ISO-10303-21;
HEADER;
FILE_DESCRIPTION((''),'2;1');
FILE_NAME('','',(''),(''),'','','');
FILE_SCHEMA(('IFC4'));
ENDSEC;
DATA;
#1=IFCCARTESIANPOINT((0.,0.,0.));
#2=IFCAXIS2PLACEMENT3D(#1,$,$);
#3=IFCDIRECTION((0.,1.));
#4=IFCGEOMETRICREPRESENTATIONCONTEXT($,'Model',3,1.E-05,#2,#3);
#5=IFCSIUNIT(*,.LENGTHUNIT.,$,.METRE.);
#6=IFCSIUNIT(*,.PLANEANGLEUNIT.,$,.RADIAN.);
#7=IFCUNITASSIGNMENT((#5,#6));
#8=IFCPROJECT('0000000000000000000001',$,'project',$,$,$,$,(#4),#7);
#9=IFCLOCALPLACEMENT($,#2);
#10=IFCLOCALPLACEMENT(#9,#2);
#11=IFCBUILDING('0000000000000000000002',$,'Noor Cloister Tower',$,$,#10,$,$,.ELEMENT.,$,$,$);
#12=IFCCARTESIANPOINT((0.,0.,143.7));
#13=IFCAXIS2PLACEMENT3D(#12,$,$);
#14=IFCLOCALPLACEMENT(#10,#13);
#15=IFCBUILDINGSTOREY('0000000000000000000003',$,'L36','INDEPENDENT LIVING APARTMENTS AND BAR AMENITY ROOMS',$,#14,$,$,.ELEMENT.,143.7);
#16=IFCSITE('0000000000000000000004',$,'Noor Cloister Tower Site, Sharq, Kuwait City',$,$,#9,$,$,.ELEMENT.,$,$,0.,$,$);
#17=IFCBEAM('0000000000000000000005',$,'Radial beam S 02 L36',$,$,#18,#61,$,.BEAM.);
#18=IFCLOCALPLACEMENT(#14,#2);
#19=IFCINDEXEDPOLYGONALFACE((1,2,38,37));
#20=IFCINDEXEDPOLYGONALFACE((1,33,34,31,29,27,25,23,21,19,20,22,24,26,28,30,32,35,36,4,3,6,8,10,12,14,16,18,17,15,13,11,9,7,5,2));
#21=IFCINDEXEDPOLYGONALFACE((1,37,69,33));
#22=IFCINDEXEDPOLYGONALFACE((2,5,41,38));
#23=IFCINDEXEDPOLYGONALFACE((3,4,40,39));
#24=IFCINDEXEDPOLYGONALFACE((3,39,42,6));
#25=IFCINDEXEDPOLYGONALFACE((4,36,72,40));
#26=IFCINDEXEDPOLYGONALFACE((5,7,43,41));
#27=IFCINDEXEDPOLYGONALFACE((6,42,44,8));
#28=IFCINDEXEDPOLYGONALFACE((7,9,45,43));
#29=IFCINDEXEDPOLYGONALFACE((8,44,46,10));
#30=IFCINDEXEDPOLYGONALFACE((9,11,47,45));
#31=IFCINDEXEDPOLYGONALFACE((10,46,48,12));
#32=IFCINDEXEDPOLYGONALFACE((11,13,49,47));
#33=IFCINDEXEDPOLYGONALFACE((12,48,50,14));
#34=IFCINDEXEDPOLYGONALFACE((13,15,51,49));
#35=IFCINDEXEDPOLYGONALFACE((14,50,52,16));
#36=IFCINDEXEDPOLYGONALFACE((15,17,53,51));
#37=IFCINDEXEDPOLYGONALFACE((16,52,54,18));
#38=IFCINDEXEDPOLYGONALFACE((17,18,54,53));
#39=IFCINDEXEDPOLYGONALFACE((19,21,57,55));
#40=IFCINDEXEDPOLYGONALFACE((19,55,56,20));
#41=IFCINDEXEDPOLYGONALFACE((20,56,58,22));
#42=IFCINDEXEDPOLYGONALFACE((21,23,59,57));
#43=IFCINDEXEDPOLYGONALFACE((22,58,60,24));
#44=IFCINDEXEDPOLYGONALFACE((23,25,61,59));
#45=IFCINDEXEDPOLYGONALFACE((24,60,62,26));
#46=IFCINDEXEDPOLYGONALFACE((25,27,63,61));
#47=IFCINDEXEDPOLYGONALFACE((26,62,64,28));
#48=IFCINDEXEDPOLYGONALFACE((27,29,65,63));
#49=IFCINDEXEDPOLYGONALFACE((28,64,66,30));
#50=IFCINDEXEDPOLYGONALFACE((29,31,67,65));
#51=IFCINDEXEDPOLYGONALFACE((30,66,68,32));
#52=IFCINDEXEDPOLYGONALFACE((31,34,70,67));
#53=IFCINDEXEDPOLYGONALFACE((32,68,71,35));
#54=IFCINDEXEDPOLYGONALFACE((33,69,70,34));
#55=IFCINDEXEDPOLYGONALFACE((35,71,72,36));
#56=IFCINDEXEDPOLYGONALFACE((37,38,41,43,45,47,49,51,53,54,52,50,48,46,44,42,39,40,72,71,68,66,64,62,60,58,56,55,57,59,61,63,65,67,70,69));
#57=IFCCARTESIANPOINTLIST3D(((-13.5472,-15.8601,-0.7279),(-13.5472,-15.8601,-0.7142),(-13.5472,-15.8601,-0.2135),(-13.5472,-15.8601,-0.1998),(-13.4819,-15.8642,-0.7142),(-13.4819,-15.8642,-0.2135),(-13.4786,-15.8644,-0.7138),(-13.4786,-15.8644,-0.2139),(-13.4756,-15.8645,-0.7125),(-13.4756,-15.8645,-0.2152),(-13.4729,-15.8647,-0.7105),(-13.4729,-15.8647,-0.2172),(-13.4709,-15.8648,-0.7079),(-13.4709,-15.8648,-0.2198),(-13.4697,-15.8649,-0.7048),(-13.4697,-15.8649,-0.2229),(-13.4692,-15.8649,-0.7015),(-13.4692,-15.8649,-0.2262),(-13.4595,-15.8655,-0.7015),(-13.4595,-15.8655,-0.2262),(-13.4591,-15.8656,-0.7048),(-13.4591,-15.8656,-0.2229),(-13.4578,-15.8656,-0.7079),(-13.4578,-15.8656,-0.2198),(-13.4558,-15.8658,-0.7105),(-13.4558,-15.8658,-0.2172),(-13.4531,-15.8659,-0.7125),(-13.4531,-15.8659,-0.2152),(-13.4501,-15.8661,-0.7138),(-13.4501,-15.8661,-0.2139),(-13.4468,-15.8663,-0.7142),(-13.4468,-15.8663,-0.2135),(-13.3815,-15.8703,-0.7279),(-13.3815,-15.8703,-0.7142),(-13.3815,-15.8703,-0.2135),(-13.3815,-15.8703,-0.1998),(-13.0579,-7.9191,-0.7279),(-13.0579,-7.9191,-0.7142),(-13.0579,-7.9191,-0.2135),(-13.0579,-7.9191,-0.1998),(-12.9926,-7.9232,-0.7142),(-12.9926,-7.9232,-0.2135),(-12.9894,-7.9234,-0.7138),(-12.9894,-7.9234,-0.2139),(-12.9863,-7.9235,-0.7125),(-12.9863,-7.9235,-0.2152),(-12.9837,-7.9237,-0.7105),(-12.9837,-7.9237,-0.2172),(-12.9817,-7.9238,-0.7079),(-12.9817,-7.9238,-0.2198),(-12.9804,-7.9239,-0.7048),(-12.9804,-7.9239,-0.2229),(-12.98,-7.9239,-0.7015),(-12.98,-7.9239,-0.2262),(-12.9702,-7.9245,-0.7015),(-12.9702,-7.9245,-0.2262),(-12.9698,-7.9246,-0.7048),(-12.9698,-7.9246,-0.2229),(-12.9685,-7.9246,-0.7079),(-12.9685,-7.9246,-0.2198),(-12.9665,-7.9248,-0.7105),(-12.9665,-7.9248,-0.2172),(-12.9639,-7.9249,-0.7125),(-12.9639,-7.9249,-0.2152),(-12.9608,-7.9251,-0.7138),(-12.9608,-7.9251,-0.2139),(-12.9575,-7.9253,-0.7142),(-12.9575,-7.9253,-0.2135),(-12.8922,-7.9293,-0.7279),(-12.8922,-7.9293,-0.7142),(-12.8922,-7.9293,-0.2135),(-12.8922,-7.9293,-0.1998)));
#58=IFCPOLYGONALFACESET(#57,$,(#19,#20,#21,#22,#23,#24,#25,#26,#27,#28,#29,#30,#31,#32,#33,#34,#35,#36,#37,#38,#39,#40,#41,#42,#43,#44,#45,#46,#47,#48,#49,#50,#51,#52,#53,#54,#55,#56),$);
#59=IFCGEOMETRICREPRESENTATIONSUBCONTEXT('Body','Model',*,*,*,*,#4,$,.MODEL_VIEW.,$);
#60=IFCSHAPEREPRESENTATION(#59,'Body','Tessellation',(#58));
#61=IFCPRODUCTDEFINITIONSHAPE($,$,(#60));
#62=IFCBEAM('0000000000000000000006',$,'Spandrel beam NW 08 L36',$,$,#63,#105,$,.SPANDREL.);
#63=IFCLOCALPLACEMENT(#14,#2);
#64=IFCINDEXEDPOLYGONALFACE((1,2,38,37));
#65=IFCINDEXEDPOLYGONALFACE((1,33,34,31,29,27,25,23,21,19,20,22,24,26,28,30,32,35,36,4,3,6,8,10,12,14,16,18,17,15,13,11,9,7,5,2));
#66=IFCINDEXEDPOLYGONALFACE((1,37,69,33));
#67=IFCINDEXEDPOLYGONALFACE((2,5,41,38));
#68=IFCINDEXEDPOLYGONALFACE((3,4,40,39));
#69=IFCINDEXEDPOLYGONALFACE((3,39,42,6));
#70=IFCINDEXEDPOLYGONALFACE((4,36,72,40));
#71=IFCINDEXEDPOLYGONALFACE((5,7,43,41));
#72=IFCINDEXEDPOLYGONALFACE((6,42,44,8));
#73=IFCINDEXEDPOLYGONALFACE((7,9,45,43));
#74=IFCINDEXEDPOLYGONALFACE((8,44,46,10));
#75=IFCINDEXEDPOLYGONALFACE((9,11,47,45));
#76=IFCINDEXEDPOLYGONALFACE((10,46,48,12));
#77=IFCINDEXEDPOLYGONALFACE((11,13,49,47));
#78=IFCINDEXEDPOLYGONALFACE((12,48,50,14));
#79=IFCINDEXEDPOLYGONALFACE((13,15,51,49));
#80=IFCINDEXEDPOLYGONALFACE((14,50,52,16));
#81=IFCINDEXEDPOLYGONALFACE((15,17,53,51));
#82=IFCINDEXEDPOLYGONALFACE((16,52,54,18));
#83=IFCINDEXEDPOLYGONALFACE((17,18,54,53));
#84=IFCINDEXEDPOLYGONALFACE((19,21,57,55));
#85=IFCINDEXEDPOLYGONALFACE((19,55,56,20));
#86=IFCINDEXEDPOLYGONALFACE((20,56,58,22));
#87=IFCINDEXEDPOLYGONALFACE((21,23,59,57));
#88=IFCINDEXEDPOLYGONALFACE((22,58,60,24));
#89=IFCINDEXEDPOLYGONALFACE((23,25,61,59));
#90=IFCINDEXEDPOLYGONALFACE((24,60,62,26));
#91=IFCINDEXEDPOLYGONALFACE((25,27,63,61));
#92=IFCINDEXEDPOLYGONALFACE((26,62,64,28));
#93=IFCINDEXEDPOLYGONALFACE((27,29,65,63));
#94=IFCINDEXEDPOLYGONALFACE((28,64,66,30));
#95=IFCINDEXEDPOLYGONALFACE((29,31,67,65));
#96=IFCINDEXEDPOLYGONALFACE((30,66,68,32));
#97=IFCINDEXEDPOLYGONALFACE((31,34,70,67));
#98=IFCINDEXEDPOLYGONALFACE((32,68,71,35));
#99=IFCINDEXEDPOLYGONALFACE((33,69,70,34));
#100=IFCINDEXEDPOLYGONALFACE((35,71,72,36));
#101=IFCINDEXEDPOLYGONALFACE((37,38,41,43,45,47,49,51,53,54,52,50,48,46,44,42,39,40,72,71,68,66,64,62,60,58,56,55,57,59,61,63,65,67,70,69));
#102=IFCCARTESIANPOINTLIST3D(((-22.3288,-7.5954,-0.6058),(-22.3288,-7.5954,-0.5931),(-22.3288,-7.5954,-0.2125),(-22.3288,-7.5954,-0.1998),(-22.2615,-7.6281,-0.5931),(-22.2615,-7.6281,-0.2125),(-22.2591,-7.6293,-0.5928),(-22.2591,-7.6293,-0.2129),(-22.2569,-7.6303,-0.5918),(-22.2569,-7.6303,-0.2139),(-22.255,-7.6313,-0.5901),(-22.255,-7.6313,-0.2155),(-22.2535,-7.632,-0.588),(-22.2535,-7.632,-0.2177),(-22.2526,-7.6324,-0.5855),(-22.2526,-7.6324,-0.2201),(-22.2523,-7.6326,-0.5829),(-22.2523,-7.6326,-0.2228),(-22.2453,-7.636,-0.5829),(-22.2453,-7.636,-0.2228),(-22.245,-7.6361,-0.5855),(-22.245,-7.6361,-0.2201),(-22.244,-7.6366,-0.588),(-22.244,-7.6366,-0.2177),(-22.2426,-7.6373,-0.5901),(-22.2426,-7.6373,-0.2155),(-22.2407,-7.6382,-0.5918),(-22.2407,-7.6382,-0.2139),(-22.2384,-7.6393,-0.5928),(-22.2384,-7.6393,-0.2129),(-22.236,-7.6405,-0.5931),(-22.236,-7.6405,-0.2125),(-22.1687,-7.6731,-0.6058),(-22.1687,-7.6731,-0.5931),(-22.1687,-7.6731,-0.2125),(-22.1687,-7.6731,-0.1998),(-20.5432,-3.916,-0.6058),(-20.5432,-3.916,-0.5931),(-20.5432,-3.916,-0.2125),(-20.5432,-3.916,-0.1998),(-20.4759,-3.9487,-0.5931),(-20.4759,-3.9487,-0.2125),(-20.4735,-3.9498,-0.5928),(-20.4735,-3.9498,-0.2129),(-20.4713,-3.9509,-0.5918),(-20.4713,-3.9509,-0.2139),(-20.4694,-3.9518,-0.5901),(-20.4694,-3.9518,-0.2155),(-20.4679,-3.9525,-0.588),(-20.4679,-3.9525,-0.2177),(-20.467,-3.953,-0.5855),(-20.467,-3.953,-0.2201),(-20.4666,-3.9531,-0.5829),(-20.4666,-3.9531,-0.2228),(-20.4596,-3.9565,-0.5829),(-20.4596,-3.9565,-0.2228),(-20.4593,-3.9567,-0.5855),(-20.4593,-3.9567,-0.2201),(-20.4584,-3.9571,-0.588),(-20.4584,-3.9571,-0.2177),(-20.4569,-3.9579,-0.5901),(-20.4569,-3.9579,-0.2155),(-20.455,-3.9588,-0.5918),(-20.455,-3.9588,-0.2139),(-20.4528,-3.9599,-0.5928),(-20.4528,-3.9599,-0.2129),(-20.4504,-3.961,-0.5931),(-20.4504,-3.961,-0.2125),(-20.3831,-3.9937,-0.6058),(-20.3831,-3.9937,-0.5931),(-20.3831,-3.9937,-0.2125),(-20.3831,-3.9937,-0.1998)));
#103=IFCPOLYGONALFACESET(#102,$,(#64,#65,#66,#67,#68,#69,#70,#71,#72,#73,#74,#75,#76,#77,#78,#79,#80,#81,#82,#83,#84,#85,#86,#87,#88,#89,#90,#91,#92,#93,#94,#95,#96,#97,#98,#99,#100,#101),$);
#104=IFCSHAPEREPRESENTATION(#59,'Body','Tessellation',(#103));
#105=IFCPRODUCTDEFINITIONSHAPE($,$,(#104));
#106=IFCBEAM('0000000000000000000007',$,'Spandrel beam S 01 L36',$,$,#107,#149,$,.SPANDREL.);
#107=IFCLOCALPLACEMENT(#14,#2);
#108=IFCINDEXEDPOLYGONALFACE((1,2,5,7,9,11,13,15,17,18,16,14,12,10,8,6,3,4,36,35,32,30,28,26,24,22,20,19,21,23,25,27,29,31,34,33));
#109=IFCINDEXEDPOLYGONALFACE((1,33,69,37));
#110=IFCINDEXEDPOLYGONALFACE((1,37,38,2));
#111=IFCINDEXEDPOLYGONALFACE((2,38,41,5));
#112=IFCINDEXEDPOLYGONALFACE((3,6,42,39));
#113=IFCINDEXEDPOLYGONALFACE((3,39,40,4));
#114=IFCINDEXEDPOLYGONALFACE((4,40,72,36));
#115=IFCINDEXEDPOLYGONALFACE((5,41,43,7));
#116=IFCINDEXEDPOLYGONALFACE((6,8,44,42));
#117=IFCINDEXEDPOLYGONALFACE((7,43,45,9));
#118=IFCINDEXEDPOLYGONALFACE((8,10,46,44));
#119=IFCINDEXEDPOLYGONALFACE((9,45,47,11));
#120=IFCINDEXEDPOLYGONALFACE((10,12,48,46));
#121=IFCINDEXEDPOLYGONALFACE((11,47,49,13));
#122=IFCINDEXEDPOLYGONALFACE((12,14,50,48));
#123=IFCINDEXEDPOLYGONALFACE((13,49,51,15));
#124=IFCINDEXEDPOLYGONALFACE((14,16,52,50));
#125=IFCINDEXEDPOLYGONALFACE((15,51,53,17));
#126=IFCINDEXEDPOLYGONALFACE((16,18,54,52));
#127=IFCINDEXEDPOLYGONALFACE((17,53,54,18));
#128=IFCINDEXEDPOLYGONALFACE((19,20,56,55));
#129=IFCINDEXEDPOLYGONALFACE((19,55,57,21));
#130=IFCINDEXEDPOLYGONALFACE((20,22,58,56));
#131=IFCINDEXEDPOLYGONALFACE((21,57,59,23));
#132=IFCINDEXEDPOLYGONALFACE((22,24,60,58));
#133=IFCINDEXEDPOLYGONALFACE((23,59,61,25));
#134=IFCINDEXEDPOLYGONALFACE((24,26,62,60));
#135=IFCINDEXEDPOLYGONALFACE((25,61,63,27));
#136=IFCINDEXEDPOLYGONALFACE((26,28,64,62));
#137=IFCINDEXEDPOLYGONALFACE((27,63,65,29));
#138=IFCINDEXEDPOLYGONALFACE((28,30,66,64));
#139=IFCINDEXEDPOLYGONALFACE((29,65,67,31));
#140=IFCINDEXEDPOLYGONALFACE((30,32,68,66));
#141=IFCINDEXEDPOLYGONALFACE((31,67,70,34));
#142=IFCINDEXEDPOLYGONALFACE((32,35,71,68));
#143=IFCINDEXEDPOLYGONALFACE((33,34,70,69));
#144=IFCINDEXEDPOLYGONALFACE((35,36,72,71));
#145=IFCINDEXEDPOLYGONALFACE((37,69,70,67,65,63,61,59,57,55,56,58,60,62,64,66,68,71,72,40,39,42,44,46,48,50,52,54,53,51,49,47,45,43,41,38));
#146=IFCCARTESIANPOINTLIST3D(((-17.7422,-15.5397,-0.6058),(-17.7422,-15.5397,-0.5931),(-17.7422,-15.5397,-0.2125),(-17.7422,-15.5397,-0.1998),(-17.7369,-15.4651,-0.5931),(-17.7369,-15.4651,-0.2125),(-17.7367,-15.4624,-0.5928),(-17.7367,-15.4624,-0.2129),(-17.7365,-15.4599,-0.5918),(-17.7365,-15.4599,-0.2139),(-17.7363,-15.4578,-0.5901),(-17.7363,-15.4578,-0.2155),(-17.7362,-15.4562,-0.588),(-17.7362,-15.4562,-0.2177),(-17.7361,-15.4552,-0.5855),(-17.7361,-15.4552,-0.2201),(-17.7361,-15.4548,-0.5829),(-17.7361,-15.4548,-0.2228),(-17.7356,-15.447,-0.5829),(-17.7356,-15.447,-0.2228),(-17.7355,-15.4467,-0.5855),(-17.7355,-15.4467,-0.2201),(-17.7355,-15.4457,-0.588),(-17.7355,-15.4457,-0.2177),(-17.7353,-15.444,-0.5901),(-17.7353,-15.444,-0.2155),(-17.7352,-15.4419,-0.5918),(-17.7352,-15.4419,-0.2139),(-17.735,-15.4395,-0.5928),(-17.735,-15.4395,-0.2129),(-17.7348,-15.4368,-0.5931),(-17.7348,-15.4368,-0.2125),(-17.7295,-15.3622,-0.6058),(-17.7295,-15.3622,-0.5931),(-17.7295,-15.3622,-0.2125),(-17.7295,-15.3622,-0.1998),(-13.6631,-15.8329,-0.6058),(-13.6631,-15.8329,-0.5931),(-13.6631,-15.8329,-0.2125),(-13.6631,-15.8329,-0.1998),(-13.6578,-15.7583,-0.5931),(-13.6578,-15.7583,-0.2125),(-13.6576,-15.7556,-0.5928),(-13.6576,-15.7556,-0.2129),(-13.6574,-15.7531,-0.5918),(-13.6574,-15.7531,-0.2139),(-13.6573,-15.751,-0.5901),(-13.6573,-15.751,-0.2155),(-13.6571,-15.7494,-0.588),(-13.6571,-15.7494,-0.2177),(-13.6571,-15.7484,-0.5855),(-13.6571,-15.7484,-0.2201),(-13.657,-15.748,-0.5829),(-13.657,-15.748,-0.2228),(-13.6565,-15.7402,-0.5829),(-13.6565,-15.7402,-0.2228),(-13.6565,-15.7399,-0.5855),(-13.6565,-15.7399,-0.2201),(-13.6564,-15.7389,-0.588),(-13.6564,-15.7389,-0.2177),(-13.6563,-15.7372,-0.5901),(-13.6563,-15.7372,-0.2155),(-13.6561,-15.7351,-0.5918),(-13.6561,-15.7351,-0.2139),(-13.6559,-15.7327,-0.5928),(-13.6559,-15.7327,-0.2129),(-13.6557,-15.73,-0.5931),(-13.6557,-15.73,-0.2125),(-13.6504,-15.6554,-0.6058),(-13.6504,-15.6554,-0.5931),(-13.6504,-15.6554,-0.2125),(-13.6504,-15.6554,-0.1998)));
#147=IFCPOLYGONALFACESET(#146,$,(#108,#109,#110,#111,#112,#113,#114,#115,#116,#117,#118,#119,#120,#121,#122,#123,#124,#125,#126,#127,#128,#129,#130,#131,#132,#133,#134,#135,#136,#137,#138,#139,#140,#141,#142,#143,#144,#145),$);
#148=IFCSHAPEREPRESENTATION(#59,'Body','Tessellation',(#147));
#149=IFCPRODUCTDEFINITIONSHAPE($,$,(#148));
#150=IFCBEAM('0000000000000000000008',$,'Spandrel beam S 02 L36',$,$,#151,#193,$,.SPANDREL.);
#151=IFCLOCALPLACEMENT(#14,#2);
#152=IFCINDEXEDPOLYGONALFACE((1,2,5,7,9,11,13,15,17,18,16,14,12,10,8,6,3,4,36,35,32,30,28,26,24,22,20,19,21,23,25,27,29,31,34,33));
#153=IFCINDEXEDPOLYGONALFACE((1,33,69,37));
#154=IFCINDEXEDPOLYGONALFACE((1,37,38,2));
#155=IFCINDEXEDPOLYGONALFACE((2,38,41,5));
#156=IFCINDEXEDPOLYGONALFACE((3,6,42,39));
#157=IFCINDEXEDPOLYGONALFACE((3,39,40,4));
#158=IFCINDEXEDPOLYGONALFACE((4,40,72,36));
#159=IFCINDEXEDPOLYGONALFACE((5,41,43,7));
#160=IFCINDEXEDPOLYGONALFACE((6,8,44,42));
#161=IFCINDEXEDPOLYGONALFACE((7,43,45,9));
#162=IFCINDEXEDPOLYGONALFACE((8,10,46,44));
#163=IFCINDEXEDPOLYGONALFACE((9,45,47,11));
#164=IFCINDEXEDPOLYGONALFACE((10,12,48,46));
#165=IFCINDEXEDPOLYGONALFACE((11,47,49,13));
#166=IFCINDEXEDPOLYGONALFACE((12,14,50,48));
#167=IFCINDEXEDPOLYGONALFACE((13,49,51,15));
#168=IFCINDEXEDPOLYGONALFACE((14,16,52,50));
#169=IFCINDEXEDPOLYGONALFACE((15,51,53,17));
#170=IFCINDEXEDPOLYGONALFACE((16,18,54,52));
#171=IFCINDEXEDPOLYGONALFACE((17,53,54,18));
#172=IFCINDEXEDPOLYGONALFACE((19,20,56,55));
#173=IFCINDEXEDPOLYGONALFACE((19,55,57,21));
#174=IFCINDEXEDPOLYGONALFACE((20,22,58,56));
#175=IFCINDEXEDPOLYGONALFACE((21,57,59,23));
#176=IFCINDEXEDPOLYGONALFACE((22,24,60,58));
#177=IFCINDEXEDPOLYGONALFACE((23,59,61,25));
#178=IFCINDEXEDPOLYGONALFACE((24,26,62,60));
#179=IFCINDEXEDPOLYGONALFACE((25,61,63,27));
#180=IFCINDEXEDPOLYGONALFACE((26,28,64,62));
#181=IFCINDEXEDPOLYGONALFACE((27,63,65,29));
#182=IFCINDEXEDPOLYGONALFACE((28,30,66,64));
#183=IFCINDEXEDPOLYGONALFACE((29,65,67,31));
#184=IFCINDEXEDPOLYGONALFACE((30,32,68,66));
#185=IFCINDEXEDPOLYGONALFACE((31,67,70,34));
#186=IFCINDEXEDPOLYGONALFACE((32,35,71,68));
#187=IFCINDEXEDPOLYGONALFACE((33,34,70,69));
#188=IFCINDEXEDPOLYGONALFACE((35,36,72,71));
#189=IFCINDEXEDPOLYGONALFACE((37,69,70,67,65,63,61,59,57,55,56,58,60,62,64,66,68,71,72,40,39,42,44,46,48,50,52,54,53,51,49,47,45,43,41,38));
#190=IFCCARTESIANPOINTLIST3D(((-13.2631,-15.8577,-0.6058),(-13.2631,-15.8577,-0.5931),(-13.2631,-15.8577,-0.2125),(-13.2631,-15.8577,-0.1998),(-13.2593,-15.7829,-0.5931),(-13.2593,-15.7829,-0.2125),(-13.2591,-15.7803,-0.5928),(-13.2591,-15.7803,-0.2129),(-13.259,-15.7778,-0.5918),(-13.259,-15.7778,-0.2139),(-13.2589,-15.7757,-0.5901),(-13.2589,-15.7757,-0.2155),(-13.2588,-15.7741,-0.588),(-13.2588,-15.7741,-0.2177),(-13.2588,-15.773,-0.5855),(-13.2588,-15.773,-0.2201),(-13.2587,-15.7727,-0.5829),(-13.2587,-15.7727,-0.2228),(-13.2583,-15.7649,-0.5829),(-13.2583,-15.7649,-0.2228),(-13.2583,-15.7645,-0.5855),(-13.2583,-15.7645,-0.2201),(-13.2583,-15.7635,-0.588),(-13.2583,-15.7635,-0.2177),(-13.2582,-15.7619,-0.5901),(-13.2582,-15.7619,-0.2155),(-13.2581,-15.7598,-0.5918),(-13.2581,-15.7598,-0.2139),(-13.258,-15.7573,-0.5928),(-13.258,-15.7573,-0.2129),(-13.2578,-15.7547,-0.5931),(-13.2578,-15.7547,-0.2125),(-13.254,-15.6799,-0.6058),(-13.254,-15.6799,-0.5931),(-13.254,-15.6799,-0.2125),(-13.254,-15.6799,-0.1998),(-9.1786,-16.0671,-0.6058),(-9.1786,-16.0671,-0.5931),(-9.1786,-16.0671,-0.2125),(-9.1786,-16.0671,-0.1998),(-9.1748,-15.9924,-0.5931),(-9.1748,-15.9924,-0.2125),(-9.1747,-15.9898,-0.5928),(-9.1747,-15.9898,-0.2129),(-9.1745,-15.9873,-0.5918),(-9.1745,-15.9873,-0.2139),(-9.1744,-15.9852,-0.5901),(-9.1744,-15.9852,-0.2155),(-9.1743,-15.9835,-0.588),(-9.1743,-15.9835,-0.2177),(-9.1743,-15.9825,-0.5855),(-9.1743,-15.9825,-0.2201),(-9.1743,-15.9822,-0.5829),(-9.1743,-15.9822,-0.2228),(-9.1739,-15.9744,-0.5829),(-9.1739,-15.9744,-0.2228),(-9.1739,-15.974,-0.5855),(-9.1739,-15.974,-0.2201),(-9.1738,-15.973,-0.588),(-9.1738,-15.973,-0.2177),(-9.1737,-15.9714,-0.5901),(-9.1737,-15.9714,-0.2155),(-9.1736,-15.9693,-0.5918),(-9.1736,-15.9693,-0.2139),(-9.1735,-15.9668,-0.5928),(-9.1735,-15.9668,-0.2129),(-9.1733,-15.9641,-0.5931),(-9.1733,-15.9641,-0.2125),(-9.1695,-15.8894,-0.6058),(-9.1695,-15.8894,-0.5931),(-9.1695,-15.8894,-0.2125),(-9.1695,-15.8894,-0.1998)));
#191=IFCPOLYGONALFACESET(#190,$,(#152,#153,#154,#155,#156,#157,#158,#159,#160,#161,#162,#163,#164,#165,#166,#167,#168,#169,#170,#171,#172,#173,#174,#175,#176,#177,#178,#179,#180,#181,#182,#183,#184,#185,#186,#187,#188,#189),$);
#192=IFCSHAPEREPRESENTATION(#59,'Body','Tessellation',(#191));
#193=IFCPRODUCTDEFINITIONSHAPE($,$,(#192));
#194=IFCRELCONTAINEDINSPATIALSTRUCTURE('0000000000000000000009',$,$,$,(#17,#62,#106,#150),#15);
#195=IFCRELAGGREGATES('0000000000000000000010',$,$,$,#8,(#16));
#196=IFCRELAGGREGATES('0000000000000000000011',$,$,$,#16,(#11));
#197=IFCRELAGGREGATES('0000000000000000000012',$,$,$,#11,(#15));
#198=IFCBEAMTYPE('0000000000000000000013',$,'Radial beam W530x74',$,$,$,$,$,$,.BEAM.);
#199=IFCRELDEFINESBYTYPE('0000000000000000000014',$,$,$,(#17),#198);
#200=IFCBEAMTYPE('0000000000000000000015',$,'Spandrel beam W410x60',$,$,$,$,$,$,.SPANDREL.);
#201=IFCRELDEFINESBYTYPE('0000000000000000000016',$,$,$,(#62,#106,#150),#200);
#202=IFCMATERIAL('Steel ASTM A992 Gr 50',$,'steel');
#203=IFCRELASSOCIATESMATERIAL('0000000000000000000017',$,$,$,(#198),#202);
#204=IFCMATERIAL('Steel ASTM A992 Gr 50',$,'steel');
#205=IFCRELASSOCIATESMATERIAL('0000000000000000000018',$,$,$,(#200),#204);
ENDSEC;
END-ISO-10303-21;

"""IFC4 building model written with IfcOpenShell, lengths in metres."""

from ifc_helpers import new_model, si_unit, direction, frame, origin, origin_2d, place, context, subcontext, project, spatial, i_section, extrude, material, material_profile, profile_set, type_object, element, save


model = new_model("IFC4")

# Units and contexts
model_context = context("Model", 3, precision=1e-05, world=origin(), true_north=direction((0.0, 1.0)))
body_context = subcontext(model_context, "Body", "Model", "MODEL_VIEW")
ifc_project = project(units=[si_unit("LENGTHUNIT", "METRE"), si_unit("PLANEANGLEUNIT", "RADIAN")], contexts=[model_context])

# Site, building, storey
site_placement = place(None, origin())
site = spatial("IfcSite", under=ifc_project, at=site_placement, Name="Noor Cloister Tower Site, Sharq, Kuwait City", CompositionType="ELEMENT", RefElevation=0.0)
building_placement = place(site_placement, origin())
building = spatial("IfcBuilding", under=site, at=building_placement, Name="Noor Cloister Tower", CompositionType="ELEMENT")
storey_placement = place(building_placement, frame((0.0, 0.0, 143.7)))
storey = spatial("IfcBuildingStorey", under=building, at=storey_placement, Name="L36", Description="INDEPENDENT LIVING APARTMENTS AND BAR AMENITY ROOMS", CompositionType="ELEMENT", Elevation=143.7)

# Beams
ifc_material_1 = material(Name="Steel ASTM A992 Gr 50", Category="steel")
ifc_material_profile_1 = material_profile(ifc_material_1, i_section(OverallWidth=0.166, OverallDepth=0.5281, WebThickness=0.0098, FlangeThickness=0.0137, FilletRadius=0.0127, at=origin_2d()), Name="W530x74")
ifc_profile_set_1 = profile_set([ifc_material_profile_1], Name="Steel ASTM A992 Gr 50")
beam_type_1 = type_object("IfcBeamType", Name="Radial beam W530x74", PredefinedType="BEAM", material=ifc_profile_set_1)
beam_1_placement = place(storey_placement, frame((-13.4644, -15.8652, -0.4639), z_axis=(0.061496, 0.998107, 0.0), x_axis=(-0.998107, 0.061496, 0.0)))
element("IfcBeam", 1, at=beam_1_placement, inside=storey, type_object=beam_type_1, Name="Radial beam S 02 L36", PredefinedType="BEAM", context=body_context, shape_type="SweptSolid", body=[
    extrude(i_section(OverallWidth=0.166, OverallDepth=0.5281, WebThickness=0.0098, FlangeThickness=0.0137, FilletRadius=0.0127, at=origin_2d()), origin(), (0.0, 0.0, 1.0), 7.9561),
])
ifc_material_2 = material(Name="Steel ASTM A992 Gr 50", Category="steel")
ifc_material_profile_2 = material_profile(ifc_material_2, i_section(OverallWidth=0.178, OverallDepth=0.406, WebThickness=0.0078, FlangeThickness=0.0127, FilletRadius=0.0103, at=origin_2d()), Name="W410x60")
ifc_profile_set_2 = profile_set([ifc_material_profile_2], Name="Steel ASTM A992 Gr 50")
beam_type_2 = type_object("IfcBeamType", Name="Spandrel beam W410x60", PredefinedType="SPANDREL", material=ifc_profile_set_2)
beam_2_placement = place(storey_placement, frame((-20.4631, -3.9548, -0.4028), z_axis=(-0.436604, -0.899654, 0.0), x_axis=(0.899654, -0.436604, 0.0)))
element("IfcBeam", 2, at=beam_2_placement, inside=storey, type_object=beam_type_2, Name="Spandrel beam NW 08 L36", PredefinedType="SPANDREL", context=body_context, shape_type="SweptSolid", body=[
    extrude(i_section(OverallWidth=0.178, OverallDepth=0.406, WebThickness=0.0078, FlangeThickness=0.0127, FilletRadius=0.0103, at=origin_2d()), origin(), (0.0, 0.0, 1.0), 4.0898),
])
beam_3_placement = place(storey_placement, frame((-17.7358, -15.4509, -0.4028), z_axis=(0.997426, -0.071697, 0.0), x_axis=(0.071697, 0.997426, 0.0)))
element("IfcBeam", 3, at=beam_3_placement, inside=storey, type_object=beam_type_2, Name="Spandrel beam S 01 L36", PredefinedType="SPANDREL", context=body_context, shape_type="SweptSolid", body=[
    extrude(i_section(OverallWidth=0.178, OverallDepth=0.406, WebThickness=0.0078, FlangeThickness=0.0127, FilletRadius=0.0103, at=origin_2d()), origin(), (0.0, 0.0, 1.0), 4.0896),
])
beam_4_placement = place(storey_placement, frame((-13.2585, -15.7688, -0.4028), z_axis=(0.998688, -0.051218, 0.0), x_axis=(0.051218, 0.998688, 0.0)))
element("IfcBeam", 4, at=beam_4_placement, inside=storey, type_object=beam_type_2, Name="Spandrel beam S 02 L36", PredefinedType="SPANDREL", context=body_context, shape_type="SweptSolid", body=[
    extrude(i_section(OverallWidth=0.178, OverallDepth=0.406, WebThickness=0.0078, FlangeThickness=0.0127, FilletRadius=0.0103, at=origin_2d()), origin(), (0.0, 0.0, 1.0), 4.0898),
])

save(model, "model.ifc")
